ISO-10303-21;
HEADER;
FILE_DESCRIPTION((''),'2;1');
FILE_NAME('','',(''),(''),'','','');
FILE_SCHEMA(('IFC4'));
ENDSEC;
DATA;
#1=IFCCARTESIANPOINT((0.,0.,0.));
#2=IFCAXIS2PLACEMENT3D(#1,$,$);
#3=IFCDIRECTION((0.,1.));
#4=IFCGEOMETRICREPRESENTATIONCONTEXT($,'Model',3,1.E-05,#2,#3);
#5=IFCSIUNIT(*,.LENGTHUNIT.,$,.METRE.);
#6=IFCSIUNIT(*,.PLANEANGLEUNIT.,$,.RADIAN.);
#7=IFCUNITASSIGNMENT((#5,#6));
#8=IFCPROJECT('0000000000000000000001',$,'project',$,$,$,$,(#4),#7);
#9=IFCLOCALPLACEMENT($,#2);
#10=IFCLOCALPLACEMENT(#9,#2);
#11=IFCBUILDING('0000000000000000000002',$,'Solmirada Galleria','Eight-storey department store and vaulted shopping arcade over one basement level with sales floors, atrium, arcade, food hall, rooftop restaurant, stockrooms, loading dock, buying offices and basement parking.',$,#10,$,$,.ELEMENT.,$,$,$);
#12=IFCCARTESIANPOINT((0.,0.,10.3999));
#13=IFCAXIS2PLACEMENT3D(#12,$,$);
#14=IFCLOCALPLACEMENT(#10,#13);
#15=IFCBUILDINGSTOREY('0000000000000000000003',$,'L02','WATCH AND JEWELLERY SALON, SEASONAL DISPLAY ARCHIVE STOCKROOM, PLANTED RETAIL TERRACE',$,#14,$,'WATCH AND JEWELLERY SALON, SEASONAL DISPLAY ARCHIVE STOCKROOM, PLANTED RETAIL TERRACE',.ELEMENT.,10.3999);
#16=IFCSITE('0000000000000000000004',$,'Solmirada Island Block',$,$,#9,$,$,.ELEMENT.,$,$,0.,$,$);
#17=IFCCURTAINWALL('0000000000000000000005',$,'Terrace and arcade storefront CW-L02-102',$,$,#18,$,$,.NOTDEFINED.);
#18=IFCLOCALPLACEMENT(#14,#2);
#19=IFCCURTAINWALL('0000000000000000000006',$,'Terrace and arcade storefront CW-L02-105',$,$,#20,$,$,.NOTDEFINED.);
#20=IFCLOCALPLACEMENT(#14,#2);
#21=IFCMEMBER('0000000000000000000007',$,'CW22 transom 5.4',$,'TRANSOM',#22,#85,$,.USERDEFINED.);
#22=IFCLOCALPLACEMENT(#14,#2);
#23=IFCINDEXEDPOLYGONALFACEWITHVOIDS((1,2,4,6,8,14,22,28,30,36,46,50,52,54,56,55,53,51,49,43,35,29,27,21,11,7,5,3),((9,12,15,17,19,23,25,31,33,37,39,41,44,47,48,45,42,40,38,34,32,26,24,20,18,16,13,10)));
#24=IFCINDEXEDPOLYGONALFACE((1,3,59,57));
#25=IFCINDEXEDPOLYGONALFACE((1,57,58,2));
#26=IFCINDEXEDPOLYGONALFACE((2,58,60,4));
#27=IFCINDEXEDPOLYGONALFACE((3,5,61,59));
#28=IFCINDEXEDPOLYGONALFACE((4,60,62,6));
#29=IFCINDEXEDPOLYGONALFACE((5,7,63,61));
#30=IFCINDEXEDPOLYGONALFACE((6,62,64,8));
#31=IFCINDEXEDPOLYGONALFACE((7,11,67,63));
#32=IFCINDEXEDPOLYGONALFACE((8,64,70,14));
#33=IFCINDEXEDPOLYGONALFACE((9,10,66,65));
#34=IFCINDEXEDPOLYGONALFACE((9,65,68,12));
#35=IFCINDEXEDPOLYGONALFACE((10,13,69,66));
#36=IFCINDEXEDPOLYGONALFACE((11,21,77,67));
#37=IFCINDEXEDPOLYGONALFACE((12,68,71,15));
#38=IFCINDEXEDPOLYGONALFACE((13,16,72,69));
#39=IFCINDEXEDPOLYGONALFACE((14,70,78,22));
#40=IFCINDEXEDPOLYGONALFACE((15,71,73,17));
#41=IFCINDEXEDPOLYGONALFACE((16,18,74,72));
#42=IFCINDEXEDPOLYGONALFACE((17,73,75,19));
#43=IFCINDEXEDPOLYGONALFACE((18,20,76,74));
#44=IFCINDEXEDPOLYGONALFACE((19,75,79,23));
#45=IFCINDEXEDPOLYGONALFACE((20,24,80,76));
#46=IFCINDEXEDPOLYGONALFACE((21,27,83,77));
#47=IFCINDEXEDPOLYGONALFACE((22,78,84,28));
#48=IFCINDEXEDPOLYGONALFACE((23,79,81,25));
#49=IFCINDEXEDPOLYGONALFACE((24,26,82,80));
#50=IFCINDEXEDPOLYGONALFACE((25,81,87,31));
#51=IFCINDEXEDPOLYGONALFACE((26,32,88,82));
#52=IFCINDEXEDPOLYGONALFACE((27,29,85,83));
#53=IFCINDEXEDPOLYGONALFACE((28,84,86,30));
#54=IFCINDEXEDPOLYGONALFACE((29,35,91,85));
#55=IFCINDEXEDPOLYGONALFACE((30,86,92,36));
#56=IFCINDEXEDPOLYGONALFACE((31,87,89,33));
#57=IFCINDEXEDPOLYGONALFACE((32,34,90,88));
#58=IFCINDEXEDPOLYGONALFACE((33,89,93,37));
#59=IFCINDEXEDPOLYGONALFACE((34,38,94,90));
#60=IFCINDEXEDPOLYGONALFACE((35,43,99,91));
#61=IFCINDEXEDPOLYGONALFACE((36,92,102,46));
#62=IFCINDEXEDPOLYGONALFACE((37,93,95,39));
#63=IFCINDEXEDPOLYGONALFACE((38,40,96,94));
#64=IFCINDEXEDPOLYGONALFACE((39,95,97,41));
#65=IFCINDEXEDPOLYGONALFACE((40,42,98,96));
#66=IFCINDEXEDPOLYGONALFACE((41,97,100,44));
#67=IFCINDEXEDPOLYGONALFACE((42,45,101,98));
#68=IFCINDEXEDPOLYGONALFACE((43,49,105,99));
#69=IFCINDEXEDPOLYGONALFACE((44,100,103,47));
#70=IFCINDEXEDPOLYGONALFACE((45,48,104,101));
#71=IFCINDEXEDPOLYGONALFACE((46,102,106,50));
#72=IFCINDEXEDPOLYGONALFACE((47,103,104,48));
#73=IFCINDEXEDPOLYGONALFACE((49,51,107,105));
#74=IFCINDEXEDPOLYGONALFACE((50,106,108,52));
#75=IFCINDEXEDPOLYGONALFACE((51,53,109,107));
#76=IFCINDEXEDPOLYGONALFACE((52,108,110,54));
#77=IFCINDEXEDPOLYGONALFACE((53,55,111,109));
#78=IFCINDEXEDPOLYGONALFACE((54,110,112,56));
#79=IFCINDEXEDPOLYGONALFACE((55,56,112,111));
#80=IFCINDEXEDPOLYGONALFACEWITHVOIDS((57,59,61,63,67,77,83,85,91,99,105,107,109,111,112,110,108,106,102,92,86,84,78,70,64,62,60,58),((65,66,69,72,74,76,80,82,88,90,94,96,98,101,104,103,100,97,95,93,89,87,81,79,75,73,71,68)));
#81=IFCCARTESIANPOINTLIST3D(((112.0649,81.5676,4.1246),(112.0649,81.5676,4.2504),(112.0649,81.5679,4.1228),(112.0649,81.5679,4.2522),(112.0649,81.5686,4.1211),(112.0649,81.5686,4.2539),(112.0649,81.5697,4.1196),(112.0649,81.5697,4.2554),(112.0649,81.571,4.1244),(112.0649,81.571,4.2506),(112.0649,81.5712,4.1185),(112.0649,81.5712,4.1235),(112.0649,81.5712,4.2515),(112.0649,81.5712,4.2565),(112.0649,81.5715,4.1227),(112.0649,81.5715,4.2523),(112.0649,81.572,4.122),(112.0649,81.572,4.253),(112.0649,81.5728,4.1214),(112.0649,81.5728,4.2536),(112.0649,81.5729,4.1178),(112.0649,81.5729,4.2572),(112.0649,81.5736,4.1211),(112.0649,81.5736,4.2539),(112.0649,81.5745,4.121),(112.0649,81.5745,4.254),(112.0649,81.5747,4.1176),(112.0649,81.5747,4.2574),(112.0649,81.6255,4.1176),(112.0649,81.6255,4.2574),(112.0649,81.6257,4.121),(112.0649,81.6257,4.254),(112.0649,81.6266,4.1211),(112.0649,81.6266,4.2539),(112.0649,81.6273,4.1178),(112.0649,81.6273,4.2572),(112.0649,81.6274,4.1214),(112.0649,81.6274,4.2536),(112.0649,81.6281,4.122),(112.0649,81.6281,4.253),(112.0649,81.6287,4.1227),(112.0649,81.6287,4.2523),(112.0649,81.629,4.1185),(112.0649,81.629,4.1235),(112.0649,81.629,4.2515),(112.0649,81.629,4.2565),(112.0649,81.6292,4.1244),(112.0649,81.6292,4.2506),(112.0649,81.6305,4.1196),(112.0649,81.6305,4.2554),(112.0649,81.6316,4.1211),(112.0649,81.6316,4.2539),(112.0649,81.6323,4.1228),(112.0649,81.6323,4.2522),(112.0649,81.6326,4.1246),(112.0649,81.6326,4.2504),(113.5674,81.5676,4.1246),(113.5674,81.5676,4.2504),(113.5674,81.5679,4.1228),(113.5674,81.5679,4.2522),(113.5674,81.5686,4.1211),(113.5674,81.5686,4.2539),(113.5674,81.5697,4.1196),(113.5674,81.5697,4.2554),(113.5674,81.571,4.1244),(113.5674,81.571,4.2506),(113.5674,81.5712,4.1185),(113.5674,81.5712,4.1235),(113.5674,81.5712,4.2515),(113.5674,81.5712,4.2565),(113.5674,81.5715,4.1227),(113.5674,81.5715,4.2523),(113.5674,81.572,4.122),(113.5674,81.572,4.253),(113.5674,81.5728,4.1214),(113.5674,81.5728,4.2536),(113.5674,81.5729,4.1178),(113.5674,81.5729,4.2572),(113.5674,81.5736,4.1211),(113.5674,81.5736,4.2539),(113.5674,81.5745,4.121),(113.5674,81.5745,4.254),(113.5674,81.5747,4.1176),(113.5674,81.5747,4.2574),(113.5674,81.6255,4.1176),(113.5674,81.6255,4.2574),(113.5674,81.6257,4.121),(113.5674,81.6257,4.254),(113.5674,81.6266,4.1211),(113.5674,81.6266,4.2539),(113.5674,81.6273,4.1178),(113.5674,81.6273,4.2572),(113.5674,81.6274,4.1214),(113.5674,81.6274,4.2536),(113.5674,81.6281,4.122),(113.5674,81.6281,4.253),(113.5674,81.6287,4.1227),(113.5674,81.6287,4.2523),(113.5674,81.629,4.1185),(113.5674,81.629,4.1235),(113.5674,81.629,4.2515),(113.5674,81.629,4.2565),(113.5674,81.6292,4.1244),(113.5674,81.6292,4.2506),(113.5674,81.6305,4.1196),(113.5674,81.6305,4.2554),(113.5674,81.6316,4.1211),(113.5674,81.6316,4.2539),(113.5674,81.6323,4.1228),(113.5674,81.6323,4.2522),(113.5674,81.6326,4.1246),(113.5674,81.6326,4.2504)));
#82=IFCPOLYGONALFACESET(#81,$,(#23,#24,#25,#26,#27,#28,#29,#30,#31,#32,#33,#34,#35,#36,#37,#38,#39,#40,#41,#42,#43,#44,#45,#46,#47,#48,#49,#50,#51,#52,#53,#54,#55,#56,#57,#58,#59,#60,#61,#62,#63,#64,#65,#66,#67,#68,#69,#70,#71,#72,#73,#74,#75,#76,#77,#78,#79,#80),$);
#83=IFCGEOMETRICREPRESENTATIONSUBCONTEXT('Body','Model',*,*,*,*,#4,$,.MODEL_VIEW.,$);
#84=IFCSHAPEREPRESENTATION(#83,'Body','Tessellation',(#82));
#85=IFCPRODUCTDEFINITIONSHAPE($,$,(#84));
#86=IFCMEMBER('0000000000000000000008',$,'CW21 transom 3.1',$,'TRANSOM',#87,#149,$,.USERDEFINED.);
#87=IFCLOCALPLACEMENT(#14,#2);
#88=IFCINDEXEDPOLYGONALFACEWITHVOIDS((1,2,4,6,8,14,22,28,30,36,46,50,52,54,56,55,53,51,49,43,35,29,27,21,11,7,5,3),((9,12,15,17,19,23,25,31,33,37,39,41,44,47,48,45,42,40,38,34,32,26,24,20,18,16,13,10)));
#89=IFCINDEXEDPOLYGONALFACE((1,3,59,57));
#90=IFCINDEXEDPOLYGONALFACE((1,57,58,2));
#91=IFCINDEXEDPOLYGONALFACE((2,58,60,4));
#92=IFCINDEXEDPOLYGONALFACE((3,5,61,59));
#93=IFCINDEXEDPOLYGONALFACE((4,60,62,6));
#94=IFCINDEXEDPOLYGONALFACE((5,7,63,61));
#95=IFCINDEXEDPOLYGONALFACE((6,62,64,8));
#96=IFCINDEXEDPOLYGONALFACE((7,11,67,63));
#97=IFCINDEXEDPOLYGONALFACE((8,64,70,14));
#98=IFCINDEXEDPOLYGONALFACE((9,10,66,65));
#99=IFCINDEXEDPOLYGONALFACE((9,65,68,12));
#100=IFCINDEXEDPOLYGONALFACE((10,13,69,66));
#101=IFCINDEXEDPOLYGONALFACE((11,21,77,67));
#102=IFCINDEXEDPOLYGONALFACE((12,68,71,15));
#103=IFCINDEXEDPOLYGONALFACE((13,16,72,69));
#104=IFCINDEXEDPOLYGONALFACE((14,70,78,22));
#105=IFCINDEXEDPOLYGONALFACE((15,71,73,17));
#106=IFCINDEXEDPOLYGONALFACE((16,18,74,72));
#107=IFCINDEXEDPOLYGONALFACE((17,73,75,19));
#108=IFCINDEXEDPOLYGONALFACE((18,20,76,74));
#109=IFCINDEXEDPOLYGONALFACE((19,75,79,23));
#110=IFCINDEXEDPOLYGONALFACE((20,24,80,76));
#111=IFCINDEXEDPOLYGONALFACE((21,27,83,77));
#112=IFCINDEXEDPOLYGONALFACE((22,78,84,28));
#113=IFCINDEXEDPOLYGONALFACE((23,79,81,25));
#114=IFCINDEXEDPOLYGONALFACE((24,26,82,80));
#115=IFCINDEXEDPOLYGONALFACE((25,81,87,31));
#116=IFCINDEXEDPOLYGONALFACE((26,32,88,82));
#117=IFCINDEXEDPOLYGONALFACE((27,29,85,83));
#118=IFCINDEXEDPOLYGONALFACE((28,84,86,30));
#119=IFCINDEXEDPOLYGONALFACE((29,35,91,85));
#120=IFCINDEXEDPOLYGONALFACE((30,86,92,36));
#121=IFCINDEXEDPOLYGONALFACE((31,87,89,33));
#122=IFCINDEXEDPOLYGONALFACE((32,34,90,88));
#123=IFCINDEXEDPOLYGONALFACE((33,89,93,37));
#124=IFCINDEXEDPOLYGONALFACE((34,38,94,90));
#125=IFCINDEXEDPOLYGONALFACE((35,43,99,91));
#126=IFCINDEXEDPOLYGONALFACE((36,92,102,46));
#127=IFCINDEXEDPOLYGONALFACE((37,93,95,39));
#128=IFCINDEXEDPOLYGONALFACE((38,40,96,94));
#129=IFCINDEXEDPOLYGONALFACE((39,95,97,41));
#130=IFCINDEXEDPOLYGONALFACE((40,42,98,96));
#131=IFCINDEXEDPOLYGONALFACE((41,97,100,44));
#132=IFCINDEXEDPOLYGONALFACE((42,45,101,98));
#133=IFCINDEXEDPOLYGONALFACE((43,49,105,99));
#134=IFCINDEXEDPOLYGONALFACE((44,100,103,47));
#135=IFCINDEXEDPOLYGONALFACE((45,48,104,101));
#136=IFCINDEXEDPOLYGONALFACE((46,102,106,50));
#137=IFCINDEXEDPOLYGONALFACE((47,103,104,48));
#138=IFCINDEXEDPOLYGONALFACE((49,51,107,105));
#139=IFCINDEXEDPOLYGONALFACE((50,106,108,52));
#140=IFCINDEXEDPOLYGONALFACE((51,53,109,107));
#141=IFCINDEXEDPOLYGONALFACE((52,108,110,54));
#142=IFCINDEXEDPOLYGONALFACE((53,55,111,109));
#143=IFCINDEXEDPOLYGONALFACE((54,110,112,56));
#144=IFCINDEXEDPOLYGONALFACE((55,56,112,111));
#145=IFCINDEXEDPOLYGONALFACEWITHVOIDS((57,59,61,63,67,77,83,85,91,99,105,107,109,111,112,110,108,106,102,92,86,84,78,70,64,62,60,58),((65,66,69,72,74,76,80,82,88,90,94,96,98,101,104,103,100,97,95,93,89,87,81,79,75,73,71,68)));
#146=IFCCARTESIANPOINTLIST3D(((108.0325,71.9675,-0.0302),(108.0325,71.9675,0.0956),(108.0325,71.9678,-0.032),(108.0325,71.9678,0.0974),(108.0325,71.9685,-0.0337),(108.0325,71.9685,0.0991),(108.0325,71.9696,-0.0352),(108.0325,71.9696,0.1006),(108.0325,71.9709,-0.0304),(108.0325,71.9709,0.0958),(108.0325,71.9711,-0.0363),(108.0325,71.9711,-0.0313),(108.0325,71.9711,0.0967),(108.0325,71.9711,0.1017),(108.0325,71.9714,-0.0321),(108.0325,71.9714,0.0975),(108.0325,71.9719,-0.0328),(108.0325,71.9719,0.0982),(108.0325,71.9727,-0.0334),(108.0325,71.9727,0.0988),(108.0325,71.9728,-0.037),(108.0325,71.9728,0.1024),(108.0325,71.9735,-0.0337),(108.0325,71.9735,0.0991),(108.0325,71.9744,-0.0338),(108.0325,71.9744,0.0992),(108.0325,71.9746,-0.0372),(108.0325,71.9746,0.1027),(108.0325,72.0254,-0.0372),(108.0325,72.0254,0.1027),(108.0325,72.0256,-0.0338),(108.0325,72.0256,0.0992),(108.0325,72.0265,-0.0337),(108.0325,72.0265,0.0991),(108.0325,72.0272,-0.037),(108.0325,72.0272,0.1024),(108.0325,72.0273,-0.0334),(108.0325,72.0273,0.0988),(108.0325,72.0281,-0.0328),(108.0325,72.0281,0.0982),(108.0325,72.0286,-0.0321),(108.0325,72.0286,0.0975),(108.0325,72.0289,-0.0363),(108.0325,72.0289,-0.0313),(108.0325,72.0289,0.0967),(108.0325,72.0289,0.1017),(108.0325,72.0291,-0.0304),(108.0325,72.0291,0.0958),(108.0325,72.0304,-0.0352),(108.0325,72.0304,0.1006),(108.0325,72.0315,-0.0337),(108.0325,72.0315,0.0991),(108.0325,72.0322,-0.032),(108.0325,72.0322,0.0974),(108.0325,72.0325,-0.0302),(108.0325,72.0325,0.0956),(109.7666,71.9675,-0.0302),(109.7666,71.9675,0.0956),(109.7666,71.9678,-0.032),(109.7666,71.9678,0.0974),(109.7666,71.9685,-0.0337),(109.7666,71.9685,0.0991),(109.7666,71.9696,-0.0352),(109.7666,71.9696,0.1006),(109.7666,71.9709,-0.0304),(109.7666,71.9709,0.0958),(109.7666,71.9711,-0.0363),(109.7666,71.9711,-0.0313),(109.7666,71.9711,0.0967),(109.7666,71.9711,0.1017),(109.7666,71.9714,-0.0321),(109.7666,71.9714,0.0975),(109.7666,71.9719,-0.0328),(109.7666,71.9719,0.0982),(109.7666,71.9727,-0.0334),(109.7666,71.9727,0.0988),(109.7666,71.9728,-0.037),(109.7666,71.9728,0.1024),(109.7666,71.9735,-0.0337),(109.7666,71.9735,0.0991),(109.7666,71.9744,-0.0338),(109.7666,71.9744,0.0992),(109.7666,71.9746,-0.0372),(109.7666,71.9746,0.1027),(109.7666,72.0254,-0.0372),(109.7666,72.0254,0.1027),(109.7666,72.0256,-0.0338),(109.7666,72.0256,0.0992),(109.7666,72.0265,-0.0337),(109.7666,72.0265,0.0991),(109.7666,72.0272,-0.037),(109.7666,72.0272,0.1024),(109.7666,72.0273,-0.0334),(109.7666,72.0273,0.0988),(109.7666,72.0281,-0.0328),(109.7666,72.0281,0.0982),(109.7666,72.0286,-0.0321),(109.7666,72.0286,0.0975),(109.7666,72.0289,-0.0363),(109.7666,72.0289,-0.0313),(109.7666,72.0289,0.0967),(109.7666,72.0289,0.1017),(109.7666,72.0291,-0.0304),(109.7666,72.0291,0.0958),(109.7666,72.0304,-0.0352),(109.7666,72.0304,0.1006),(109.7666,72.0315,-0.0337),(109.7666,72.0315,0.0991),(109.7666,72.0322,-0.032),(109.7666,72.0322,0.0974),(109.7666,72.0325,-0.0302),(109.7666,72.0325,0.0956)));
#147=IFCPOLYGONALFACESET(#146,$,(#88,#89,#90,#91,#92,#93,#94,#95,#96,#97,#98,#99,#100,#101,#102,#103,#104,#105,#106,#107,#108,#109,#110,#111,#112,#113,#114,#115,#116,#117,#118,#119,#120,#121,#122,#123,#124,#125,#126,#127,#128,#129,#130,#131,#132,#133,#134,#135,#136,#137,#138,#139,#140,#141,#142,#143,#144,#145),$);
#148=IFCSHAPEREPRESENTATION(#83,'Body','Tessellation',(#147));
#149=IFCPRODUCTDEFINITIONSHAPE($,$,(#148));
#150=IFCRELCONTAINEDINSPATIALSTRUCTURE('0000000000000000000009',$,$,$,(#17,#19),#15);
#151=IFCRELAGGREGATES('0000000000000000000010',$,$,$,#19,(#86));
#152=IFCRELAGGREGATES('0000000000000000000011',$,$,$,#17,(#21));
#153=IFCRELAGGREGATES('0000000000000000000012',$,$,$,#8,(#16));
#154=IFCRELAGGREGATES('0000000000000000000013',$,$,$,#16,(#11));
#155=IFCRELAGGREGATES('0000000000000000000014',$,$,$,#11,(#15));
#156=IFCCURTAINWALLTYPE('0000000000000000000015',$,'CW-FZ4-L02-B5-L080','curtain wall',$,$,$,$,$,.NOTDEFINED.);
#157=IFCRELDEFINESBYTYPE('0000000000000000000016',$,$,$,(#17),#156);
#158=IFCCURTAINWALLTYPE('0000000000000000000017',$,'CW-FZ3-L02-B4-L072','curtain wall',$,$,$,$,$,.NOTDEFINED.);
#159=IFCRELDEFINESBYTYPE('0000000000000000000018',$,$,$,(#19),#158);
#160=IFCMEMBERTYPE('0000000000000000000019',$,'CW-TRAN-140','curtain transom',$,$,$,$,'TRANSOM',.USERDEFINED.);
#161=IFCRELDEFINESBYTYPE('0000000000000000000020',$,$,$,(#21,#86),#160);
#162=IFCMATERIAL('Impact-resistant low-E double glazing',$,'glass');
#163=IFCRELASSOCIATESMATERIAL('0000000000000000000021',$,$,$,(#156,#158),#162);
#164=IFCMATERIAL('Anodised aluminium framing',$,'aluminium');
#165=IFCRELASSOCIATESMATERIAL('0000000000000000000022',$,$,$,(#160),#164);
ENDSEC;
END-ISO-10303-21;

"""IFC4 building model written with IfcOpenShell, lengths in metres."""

from ifc_helpers import new_model, si_unit, direction, frame, origin, origin_2d, place, context, subcontext, project, spatial, hollow_rectangle, extrude, material, material_profile, profile_set, type_object, element, aggregate, save


model = new_model("IFC4")

# Units and contexts
model_context = context("Model", 3, precision=1e-05, world=origin(), true_north=direction((0.0, 1.0)))
body_context = subcontext(model_context, "Body", "Model", "MODEL_VIEW")
ifc_project = project(units=[si_unit("LENGTHUNIT", "METRE"), si_unit("PLANEANGLEUNIT", "RADIAN")], contexts=[model_context])

# Site, building, storey
site_placement = place(None, origin())
site = spatial("IfcSite", under=ifc_project, at=site_placement, Name="Solmirada Island Block", CompositionType="ELEMENT", RefElevation=0.0)
building_placement = place(site_placement, origin())
building = spatial("IfcBuilding", under=site, at=building_placement, Name="Solmirada Galleria", Description="Eight-storey department store and vaulted shopping arcade over one basement level with sales floors, atrium, arcade, food hall, rooftop restaurant, stockrooms, loading dock, buying offices and basement parking.", CompositionType="ELEMENT")
storey_placement = place(building_placement, frame((0.0, 0.0, 10.3999)))
storey = spatial("IfcBuildingStorey", under=building, at=storey_placement, Name="L02", Description="WATCH AND JEWELLERY SALON, SEASONAL DISPLAY ARCHIVE STOCKROOM, PLANTED RETAIL TERRACE", LongName="WATCH AND JEWELLERY SALON, SEASONAL DISPLAY ARCHIVE STOCKROOM, PLANTED RETAIL TERRACE", CompositionType="ELEMENT", Elevation=10.3999)

# Curtain walls
ifc_material_1 = material(Name="Impact-resistant low-E double glazing", Category="glass")
curtain_wall_type_1 = type_object("IfcCurtainWallType", Name="CW-FZ4-L02-B5-L080", Description="curtain wall", PredefinedType="NOTDEFINED", material=ifc_material_1)
curtain_wall_1_placement = place(storey_placement, origin())
curtain_wall_1 = element("IfcCurtainWall", 1, at=curtain_wall_1_placement, inside=storey, type_object=curtain_wall_type_1, Name="Terrace and arcade storefront CW-L02-102", PredefinedType="NOTDEFINED")
ifc_material_2 = material(Name="Anodised aluminium framing", Category="aluminium")
curtain_wall_type_2 = type_object("IfcCurtainWallType", Name="CW-FZ3-L02-B4-L072", Description="curtain wall", PredefinedType="NOTDEFINED", material=ifc_material_1)
curtain_wall_2_placement = place(storey_placement, origin())
curtain_wall_2 = element("IfcCurtainWall", 2, at=curtain_wall_2_placement, inside=storey, type_object=curtain_wall_type_2, Name="Terrace and arcade storefront CW-L02-105", PredefinedType="NOTDEFINED")

# Members
ifc_material_profile_1 = material_profile(ifc_material_2, hollow_rectangle(XDim=0.0649, YDim=0.1399, WallThickness=0.0034, InnerFilletRadius=0.0034, OuterFilletRadius=0.0071, at=origin_2d()), Name="ALU-TRAN-140X65")
ifc_profile_set_1 = profile_set([ifc_material_profile_1], Name="Anodised aluminium framing")
member_type_1 = type_object("IfcMemberType", Name="CW-TRAN-140", Description="curtain transom", ElementType="TRANSOM", PredefinedType="USERDEFINED", material=ifc_profile_set_1)
member_1_placement = place(storey_placement, frame((113.5674, 81.6001, 4.1875), z_axis=(-1.0, 0.0, 0.0), x_axis=(0.0, -1.0, 0.0)))
member_1 = element("IfcMember", 3, at=member_1_placement, type_object=member_type_1, Name="CW22 transom 5.4", ObjectType="TRANSOM", PredefinedType="USERDEFINED", context=body_context, shape_type="SweptSolid", body=[
    extrude(hollow_rectangle(XDim=0.0649, YDim=0.1399, WallThickness=0.0034, InnerFilletRadius=0.0034, OuterFilletRadius=0.0071, at=origin_2d()), origin(), (0.0, 0.0, 1.0), 1.5024),
])
member_2_placement = place(storey_placement, frame((108.0325, 72.0, 0.0327), z_axis=(1.0, 0.0, 0.0), x_axis=(0.0, 1.0, 0.0)))
member_2 = element("IfcMember", 4, at=member_2_placement, type_object=member_type_1, Name="CW21 transom 3.1", ObjectType="TRANSOM", PredefinedType="USERDEFINED", context=body_context, shape_type="SweptSolid", body=[
    extrude(hollow_rectangle(XDim=0.0649, YDim=0.1399, WallThickness=0.0034, InnerFilletRadius=0.0034, OuterFilletRadius=0.0071, at=origin_2d()), origin(), (0.0, 0.0, 1.0), 1.7341),
])

aggregate(curtain_wall_2, [member_2])
aggregate(curtain_wall_1, [member_1])

save(model, "model.ifc")
